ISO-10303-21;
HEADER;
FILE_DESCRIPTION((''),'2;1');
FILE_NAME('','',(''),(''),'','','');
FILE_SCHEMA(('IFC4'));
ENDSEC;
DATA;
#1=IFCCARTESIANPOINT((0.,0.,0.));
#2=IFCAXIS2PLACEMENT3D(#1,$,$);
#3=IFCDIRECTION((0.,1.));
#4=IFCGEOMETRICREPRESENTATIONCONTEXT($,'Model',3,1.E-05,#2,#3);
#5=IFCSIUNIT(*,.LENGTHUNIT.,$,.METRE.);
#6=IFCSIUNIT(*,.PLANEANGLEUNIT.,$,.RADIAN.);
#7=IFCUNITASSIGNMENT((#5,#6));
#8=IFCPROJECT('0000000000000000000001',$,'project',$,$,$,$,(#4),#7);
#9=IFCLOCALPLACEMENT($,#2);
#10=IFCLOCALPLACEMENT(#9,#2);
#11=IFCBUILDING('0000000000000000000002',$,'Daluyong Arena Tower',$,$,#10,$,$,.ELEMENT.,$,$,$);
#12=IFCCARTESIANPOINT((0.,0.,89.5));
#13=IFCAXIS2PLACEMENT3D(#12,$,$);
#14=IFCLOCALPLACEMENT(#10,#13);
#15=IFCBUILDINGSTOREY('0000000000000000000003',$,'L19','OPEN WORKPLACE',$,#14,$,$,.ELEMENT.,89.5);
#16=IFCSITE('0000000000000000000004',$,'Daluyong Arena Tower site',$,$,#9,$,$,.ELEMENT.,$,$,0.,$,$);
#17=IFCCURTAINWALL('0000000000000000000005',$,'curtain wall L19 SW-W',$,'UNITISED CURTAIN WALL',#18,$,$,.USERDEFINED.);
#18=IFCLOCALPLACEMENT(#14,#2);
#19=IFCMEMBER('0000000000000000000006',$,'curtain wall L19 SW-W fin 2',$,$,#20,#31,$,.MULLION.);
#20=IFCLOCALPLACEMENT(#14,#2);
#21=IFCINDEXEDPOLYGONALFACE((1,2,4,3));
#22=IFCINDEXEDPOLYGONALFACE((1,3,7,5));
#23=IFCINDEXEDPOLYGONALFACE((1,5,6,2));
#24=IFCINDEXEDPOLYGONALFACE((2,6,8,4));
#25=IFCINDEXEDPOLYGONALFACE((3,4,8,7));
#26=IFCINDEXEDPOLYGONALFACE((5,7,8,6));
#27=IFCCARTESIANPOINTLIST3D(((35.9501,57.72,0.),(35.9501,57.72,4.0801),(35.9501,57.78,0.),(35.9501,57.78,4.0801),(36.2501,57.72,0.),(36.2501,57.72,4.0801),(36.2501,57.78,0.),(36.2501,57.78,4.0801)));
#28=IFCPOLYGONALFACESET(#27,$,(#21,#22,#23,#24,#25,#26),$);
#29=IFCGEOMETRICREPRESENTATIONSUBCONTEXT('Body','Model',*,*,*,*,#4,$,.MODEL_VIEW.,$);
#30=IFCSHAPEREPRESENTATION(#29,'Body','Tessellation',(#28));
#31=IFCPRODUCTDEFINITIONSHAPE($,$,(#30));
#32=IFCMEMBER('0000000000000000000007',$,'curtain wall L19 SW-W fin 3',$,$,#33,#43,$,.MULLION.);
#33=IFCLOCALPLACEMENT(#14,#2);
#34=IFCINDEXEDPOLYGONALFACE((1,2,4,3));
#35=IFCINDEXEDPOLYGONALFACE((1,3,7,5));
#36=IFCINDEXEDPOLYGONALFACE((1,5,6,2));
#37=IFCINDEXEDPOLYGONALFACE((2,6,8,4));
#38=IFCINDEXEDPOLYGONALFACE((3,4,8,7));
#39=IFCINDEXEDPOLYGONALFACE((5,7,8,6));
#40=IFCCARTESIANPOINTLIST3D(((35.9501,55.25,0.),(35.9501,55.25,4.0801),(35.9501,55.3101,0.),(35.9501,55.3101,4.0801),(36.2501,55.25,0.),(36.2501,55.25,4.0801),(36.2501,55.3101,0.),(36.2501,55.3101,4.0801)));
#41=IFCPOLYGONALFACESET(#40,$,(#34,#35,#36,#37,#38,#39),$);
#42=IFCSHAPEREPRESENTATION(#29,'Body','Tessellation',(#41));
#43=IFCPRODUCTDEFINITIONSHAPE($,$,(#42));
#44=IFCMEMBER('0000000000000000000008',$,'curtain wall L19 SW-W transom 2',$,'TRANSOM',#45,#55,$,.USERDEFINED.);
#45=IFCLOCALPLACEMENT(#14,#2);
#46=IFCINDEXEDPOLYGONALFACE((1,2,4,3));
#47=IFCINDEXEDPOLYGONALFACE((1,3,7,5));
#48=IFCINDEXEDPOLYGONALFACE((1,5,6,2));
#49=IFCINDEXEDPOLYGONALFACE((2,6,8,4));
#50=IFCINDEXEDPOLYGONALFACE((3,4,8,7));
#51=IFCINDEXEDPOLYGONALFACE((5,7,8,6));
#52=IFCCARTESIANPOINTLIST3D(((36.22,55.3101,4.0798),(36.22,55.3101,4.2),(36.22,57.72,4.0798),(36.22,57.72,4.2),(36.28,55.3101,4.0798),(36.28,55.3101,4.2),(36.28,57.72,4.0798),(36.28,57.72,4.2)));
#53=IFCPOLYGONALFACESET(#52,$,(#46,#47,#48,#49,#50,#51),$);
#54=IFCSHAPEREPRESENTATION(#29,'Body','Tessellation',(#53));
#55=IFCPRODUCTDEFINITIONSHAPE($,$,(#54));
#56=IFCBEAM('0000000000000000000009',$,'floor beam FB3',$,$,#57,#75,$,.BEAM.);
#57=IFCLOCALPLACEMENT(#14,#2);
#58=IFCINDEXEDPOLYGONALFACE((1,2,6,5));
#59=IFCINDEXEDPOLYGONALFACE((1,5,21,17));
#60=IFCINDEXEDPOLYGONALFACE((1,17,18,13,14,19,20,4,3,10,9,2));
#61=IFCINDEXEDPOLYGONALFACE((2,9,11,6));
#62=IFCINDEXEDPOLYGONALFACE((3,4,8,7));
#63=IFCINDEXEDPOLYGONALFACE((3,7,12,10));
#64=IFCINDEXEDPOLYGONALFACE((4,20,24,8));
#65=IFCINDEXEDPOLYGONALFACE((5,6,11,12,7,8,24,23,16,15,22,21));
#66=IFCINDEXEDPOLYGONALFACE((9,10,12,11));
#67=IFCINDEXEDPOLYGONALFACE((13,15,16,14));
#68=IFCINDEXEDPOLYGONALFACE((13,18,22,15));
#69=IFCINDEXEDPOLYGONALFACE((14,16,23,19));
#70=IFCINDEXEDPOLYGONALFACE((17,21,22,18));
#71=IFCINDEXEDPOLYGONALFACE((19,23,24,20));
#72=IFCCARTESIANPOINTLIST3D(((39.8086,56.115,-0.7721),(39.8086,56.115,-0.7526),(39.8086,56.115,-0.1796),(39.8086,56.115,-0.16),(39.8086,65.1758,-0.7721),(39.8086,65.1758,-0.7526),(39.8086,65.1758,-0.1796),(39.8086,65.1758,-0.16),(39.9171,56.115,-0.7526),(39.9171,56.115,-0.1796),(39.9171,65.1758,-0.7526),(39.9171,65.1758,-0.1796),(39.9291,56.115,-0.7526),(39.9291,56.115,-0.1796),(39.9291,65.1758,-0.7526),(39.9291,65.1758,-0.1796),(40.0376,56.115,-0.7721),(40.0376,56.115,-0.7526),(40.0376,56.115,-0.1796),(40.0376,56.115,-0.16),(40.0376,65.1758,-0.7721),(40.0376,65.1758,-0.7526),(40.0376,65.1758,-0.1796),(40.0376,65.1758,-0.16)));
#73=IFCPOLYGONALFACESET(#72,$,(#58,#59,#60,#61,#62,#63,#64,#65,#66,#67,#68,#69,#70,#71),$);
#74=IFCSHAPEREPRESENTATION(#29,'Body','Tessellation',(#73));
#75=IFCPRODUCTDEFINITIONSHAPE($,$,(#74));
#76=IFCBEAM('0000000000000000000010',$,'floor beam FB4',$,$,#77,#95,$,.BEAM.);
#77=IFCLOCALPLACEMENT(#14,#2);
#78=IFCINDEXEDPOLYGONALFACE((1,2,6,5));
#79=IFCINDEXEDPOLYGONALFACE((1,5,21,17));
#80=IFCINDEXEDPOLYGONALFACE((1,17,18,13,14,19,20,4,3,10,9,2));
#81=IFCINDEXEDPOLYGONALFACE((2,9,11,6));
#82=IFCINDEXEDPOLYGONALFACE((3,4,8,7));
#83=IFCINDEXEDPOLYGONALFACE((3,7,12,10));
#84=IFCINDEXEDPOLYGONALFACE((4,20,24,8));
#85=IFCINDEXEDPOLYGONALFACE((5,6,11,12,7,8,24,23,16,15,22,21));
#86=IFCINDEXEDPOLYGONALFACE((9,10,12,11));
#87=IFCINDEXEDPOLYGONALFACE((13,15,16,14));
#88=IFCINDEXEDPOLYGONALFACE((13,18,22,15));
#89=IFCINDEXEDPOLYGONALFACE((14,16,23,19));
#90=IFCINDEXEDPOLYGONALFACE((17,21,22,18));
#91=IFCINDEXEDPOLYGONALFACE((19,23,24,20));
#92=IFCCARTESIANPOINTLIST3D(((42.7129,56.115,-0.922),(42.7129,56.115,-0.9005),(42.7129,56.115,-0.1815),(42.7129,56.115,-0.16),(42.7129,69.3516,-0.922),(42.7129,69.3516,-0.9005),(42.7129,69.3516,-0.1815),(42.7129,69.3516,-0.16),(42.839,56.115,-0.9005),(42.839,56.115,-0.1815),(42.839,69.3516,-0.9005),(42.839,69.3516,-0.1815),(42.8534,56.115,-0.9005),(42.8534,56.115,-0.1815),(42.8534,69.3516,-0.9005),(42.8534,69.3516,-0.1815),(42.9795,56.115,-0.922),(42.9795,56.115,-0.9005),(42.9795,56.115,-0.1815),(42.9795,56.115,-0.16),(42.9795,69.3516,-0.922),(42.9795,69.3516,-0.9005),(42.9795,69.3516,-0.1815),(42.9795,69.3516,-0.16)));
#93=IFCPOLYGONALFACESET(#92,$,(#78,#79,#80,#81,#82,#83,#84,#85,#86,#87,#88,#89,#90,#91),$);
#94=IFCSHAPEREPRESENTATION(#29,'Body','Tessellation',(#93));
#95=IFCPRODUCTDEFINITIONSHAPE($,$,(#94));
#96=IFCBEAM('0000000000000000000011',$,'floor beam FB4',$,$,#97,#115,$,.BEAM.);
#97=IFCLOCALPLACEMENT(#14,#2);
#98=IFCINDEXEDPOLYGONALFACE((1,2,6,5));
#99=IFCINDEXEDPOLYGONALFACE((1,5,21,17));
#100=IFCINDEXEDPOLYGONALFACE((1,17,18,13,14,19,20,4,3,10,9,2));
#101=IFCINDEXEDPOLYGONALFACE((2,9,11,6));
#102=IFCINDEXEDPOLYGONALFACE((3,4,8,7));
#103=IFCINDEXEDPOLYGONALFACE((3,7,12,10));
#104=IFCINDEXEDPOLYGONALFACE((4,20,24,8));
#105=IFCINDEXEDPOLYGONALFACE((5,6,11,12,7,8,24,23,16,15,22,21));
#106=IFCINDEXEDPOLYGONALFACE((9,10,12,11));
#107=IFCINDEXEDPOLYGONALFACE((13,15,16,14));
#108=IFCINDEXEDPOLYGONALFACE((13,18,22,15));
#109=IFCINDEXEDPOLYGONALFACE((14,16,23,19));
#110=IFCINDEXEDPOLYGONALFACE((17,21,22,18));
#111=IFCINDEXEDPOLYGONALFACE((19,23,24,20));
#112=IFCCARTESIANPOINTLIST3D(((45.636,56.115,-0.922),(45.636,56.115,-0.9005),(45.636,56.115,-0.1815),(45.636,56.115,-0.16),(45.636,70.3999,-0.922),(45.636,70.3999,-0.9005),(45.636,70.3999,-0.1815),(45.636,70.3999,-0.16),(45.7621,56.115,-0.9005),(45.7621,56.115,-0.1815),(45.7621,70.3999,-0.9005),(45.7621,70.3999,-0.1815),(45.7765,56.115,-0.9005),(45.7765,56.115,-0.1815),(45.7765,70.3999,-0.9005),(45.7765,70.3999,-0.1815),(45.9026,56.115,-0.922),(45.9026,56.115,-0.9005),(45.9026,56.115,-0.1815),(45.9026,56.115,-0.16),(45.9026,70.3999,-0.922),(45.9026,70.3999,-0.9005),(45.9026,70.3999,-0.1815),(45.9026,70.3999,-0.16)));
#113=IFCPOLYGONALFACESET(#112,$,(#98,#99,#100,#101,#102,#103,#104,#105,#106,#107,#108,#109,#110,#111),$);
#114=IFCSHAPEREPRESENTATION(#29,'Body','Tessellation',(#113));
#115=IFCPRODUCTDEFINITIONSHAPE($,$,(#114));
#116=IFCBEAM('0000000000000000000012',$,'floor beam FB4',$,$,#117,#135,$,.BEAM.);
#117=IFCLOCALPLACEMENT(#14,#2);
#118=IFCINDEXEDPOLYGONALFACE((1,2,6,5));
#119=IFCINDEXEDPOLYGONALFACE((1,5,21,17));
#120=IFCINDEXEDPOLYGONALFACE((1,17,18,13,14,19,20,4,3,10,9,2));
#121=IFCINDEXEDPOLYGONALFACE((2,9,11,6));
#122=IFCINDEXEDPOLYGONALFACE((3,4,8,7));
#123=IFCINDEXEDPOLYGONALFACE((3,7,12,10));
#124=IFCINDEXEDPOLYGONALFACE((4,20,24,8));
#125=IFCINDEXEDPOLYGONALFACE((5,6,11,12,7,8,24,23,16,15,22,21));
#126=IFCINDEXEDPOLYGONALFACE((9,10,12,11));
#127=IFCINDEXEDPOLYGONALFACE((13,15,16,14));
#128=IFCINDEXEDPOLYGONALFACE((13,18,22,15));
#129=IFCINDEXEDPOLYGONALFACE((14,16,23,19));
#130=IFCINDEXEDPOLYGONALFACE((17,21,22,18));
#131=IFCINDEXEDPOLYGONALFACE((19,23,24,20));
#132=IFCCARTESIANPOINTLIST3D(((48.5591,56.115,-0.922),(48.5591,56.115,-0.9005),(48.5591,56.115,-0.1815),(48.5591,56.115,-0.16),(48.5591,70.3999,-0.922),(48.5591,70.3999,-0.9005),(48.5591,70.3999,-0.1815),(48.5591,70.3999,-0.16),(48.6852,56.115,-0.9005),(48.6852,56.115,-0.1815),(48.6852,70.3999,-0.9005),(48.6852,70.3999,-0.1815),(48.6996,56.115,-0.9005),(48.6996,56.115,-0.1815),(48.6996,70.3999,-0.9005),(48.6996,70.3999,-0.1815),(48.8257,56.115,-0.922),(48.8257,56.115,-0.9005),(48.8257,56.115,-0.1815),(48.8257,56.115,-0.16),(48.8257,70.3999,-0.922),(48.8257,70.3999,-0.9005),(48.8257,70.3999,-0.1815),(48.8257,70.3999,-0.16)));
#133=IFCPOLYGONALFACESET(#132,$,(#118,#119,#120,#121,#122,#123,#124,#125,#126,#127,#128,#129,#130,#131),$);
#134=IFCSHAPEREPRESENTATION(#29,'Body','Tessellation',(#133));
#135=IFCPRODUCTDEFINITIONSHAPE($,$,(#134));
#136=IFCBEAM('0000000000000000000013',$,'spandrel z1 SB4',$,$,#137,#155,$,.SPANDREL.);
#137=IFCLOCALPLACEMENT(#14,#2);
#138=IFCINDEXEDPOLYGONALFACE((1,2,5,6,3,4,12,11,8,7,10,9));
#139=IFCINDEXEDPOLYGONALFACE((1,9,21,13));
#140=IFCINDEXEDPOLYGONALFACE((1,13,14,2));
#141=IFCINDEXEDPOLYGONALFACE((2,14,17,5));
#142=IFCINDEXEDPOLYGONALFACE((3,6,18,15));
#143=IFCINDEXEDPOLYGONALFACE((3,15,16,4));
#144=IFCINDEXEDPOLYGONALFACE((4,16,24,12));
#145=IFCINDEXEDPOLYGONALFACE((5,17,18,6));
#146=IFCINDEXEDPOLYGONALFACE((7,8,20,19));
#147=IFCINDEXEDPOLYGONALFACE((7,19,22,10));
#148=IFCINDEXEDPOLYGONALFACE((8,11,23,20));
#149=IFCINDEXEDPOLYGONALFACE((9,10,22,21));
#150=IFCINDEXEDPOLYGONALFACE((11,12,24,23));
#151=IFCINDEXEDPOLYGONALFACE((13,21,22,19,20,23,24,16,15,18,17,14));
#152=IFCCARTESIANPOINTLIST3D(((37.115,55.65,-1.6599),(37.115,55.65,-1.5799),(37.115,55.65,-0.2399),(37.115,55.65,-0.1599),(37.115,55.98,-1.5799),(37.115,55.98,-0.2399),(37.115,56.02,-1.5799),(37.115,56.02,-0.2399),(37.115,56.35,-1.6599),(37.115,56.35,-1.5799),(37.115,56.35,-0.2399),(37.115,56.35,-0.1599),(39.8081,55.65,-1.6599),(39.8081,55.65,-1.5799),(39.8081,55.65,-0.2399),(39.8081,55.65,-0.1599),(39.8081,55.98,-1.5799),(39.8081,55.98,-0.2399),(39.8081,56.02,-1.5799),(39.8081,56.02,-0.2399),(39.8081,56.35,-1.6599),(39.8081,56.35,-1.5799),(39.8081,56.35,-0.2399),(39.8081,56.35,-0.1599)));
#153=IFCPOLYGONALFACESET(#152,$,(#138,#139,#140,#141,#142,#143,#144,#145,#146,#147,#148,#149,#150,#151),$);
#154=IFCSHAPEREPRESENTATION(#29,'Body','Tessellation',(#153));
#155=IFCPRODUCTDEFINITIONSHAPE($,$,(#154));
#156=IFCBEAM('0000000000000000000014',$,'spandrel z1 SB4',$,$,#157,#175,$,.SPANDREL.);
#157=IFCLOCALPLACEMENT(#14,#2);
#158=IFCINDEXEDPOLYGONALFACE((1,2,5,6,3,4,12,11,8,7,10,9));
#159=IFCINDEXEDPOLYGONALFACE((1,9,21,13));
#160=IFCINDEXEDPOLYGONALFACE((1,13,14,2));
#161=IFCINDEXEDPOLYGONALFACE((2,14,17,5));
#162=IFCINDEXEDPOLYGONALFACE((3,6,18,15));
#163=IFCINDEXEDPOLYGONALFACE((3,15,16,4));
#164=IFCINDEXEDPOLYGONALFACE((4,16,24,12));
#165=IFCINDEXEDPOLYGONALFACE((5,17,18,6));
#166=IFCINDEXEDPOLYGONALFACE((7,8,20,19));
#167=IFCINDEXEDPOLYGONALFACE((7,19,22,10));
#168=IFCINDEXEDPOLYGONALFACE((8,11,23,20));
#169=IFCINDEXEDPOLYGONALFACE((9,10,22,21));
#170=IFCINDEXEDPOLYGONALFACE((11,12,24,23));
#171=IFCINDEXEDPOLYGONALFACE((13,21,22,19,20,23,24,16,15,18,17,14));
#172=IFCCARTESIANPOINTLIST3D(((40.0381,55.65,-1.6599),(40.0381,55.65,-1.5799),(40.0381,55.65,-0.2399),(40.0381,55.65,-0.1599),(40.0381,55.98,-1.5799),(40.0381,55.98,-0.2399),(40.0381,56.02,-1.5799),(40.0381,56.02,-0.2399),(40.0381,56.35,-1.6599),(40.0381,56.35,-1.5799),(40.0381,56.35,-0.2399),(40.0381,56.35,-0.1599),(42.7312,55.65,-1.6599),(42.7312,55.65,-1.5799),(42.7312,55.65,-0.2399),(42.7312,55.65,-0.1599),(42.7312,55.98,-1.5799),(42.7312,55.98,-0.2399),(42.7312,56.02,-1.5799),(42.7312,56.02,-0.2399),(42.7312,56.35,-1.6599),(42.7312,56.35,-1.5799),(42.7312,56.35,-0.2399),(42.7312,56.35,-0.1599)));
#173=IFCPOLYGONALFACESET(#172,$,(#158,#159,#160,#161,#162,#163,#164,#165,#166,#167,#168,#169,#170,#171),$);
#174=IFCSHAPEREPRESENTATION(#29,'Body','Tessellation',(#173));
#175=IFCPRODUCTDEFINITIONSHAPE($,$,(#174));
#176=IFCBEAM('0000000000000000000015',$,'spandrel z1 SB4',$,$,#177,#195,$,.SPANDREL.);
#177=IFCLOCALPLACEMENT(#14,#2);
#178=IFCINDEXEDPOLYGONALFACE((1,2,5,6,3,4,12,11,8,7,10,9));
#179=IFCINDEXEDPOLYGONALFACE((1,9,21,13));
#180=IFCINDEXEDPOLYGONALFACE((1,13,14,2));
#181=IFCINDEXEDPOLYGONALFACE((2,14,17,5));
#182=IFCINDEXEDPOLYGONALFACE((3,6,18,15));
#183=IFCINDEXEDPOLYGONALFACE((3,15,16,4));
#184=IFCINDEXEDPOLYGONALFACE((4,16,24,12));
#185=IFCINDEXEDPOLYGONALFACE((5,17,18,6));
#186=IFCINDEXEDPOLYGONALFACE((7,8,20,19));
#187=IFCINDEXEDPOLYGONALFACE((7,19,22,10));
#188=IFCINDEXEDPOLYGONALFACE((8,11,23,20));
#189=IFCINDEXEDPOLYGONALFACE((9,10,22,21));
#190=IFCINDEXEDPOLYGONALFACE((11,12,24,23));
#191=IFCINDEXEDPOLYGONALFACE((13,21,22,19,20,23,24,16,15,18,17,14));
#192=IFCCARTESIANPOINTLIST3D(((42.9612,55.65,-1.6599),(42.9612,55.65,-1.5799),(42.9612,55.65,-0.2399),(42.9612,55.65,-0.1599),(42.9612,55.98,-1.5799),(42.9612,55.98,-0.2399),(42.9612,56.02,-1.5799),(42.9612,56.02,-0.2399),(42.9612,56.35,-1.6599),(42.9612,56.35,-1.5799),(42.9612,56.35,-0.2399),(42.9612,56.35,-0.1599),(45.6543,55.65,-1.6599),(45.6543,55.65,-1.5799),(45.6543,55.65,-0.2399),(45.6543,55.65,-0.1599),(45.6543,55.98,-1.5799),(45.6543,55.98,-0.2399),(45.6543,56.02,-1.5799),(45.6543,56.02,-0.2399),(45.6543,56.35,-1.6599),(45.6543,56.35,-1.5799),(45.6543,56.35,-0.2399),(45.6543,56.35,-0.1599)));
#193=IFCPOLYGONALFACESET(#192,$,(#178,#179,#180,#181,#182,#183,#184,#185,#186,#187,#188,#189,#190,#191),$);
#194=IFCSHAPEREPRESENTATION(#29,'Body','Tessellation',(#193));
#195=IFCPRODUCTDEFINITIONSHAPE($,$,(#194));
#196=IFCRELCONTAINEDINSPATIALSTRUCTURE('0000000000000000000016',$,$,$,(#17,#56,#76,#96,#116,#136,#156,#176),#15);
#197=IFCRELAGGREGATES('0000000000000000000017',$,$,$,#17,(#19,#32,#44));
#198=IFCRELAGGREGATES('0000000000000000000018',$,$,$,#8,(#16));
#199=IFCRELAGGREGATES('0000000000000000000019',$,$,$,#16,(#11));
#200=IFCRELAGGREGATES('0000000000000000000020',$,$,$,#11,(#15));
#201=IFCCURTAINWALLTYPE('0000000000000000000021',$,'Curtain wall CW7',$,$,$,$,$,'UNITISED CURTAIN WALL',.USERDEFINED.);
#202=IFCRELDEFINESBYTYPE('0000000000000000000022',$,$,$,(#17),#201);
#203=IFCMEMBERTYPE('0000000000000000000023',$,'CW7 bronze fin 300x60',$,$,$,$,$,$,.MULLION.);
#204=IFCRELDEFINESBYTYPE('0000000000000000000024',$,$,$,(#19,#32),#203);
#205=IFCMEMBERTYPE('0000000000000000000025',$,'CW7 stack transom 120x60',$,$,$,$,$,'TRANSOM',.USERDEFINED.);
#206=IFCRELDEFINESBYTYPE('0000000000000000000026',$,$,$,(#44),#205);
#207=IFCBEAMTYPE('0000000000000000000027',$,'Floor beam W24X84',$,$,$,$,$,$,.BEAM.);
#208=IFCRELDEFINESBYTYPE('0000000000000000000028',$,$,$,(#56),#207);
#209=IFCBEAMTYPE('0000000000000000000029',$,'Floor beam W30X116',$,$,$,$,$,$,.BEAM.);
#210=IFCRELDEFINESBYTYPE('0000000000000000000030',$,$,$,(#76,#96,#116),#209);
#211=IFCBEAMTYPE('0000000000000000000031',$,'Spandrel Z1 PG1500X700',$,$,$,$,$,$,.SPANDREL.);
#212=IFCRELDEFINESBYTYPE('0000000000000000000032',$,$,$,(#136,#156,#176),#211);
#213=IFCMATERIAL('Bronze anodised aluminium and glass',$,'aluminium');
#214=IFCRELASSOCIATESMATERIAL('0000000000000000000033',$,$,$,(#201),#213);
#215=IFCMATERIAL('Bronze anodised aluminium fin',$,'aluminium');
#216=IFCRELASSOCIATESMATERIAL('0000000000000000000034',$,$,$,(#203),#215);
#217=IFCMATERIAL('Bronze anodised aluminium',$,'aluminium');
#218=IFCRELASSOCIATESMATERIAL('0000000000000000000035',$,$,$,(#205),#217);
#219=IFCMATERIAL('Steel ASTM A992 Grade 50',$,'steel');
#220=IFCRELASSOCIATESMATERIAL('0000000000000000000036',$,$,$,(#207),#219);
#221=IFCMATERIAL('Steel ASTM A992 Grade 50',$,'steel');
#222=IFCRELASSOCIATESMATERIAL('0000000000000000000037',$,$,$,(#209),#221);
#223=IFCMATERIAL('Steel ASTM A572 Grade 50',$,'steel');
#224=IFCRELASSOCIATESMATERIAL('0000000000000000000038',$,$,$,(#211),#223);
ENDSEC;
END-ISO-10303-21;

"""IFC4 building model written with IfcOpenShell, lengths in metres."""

from ifc_helpers import new_model, si_unit, direction, frame, origin, origin_2d, place, context, subcontext, project, spatial, rectangle, i_section, extrude, material, material_profile, profile_set, type_object, element, aggregate, save


model = new_model("IFC4")

# Units and contexts
model_context = context("Model", 3, precision=1e-05, world=origin(), true_north=direction((0.0, 1.0)))
body_context = subcontext(model_context, "Body", "Model", "MODEL_VIEW")
ifc_project = project(units=[si_unit("LENGTHUNIT", "METRE"), si_unit("PLANEANGLEUNIT", "RADIAN")], contexts=[model_context])

# Site, building, storey
site_placement = place(None, origin())
site = spatial("IfcSite", under=ifc_project, at=site_placement, Name="Daluyong Arena Tower site", CompositionType="ELEMENT", RefElevation=0.0)
building_placement = place(site_placement, origin())
building = spatial("IfcBuilding", under=site, at=building_placement, Name="Daluyong Arena Tower", CompositionType="ELEMENT")
storey_placement = place(building_placement, frame((0.0, 0.0, 89.5)))
storey = spatial("IfcBuildingStorey", under=building, at=storey_placement, Name="L19", Description="OPEN WORKPLACE", CompositionType="ELEMENT", Elevation=89.5)

# Curtain wall, members
ifc_material_1 = material(Name="Bronze anodised aluminium and glass", Category="aluminium")
curtain_wall_type_1 = type_object("IfcCurtainWallType", Name="Curtain wall CW7", ElementType="UNITISED CURTAIN WALL", PredefinedType="USERDEFINED", material=ifc_material_1)
curtain_wall_1_placement = place(storey_placement, origin())
curtain_wall_1 = element("IfcCurtainWall", 1, at=curtain_wall_1_placement, inside=storey, type_object=curtain_wall_type_1, Name="curtain wall L19 SW-W", ObjectType="UNITISED CURTAIN WALL", PredefinedType="USERDEFINED")
ifc_material_2 = material(Name="Bronze anodised aluminium fin", Category="aluminium")
ifc_material_profile_1 = material_profile(ifc_material_2, rectangle(XDim=0.3, YDim=0.0601, at=origin_2d()))
ifc_profile_set_1 = profile_set([ifc_material_profile_1], Name="Bronze anodised aluminium fin")
member_type_1 = type_object("IfcMemberType", Name="CW7 bronze fin 300x60", PredefinedType="MULLION", material=ifc_profile_set_1)
member_1_placement = place(storey_placement, frame((36.1001, 57.75, 0.0), z_axis=(0.0, 0.0, 1.0), x_axis=(1.0, 0.0, 0.0)))
member_1 = element("IfcMember", 2, at=member_1_placement, type_object=member_type_1, Name="curtain wall L19 SW-W fin 2", PredefinedType="MULLION", context=body_context, shape_type="SweptSolid", body=[
    extrude(rectangle(XDim=0.3, YDim=0.0601, at=origin_2d()), origin(), (0.0, 0.0, 1.0), 4.0801),
])
member_2_placement = place(storey_placement, frame((36.1001, 55.28, 0.0), z_axis=(0.0, 0.0, 1.0), x_axis=(1.0, 0.0, 0.0)))
member_2 = element("IfcMember", 3, at=member_2_placement, type_object=member_type_1, Name="curtain wall L19 SW-W fin 3", PredefinedType="MULLION", context=body_context, shape_type="SweptSolid", body=[
    extrude(rectangle(XDim=0.3, YDim=0.0601, at=origin_2d()), origin(), (0.0, 0.0, 1.0), 4.0801),
])
ifc_material_3 = material(Name="Bronze anodised aluminium", Category="aluminium")
ifc_material_profile_2 = material_profile(ifc_material_3, rectangle(XDim=0.0601, YDim=0.1201, at=origin_2d()))
ifc_profile_set_2 = profile_set([ifc_material_profile_2], Name="Bronze anodised aluminium")
member_type_2 = type_object("IfcMemberType", Name="CW7 stack transom 120x60", ElementType="TRANSOM", PredefinedType="USERDEFINED", material=ifc_profile_set_2)
member_3_placement = place(storey_placement, frame((36.25, 57.72, 4.1399), z_axis=(0.0, -1.0, 0.0), x_axis=(1.0, 0.0, 0.0)))
member_3 = element("IfcMember", 4, at=member_3_placement, type_object=member_type_2, Name="curtain wall L19 SW-W transom 2", ObjectType="TRANSOM", PredefinedType="USERDEFINED", context=body_context, shape_type="SweptSolid", body=[
    extrude(rectangle(XDim=0.0601, YDim=0.1201, at=origin_2d()), origin(), (0.0, 0.0, 1.0), 2.4099),
])

# Beams
ifc_material_4 = material(Name="Steel ASTM A992 Grade 50", Category="steel")
ifc_material_profile_3 = material_profile(ifc_material_4, i_section(OverallWidth=0.229, OverallDepth=0.6121, WebThickness=0.012, FlangeThickness=0.0195, at=origin_2d()))
ifc_profile_set_3 = profile_set([ifc_material_profile_3], Name="Steel ASTM A992 Grade 50")
beam_type_1 = type_object("IfcBeamType", Name="Floor beam W24X84", PredefinedType="BEAM", material=ifc_profile_set_3)
beam_1_placement = place(storey_placement, frame((39.9231, 56.115, -0.4661), z_axis=(0.0, 1.0, 0.0), x_axis=(-1.0, 0.0, 0.0)))
element("IfcBeam", 5, at=beam_1_placement, inside=storey, type_object=beam_type_1, Name="floor beam FB3", PredefinedType="BEAM", context=body_context, shape_type="SweptSolid", body=[
    extrude(i_section(OverallWidth=0.229, OverallDepth=0.6121, WebThickness=0.012, FlangeThickness=0.0195, at=origin_2d()), origin(), (0.0, 0.0, 1.0), 9.0608),
])
ifc_material_5 = material(Name="Steel ASTM A992 Grade 50", Category="steel")
ifc_material_profile_4 = material_profile(ifc_material_5, i_section(OverallWidth=0.2666, OverallDepth=0.762, WebThickness=0.0144, FlangeThickness=0.0215, at=origin_2d()))
ifc_profile_set_4 = profile_set([ifc_material_profile_4], Name="Steel ASTM A992 Grade 50")
beam_type_2 = type_object("IfcBeamType", Name="Floor beam W30X116", PredefinedType="BEAM", material=ifc_profile_set_4)
beam_2_placement = place(storey_placement, frame((42.8462, 56.115, -0.541), z_axis=(0.0, 1.0, 0.0), x_axis=(-1.0, 0.0, 0.0)))
element("IfcBeam", 6, at=beam_2_placement, inside=storey, type_object=beam_type_2, Name="floor beam FB4", PredefinedType="BEAM", context=body_context, shape_type="SweptSolid", body=[
    extrude(i_section(OverallWidth=0.2666, OverallDepth=0.762, WebThickness=0.0144, FlangeThickness=0.0215, at=origin_2d()), origin(), (0.0, 0.0, 1.0), 13.2366),
])
for number, where, z_axis, x_axis, name in (
    (7, (45.7693, 56.115, -0.541), (0.0, 1.0, 0.0), (-1.0, 0.0, 0.0), "floor beam FB4"),
    (8, (48.6924, 56.115, -0.541), (0.0, 1.0, 0.0), (-1.0, 0.0, 0.0), "floor beam FB4"),
):
    element("IfcBeam", number, at=place(storey_placement, frame(where, z_axis=z_axis, x_axis=x_axis)), inside=storey, type_object=beam_type_2, Name=name, PredefinedType="BEAM", context=body_context, shape_type="SweptSolid", body=[
        extrude(i_section(OverallWidth=0.2666, OverallDepth=0.762, WebThickness=0.0144, FlangeThickness=0.0215, at=origin_2d()), origin(), (0.0, 0.0, 1.0), 14.2849),
    ])
ifc_material_6 = material(Name="Steel ASTM A572 Grade 50", Category="steel")
ifc_material_profile_5 = material_profile(ifc_material_6, i_section(OverallWidth=0.7, OverallDepth=1.5, WebThickness=0.04, FlangeThickness=0.08, at=origin_2d()))
ifc_profile_set_5 = profile_set([ifc_material_profile_5], Name="Steel ASTM A572 Grade 50")
beam_type_3 = type_object("IfcBeamType", Name="Spandrel Z1 PG1500X700", PredefinedType="SPANDREL", material=ifc_profile_set_5)
for number, where, z_axis, x_axis, name in (
    (9, (37.115, 56.0, -0.9099), (1.0, 0.0, 0.0), (0.0, 1.0, 0.0), "spandrel z1 SB4"),
    (10, (40.0381, 56.0, -0.9099), (1.0, 0.0, 0.0), (0.0, 1.0, 0.0), "spandrel z1 SB4"),
    (11, (42.9612, 56.0, -0.9099), (1.0, 0.0, 0.0), (0.0, 1.0, 0.0), "spandrel z1 SB4"),
):
    element("IfcBeam", number, at=place(storey_placement, frame(where, z_axis=z_axis, x_axis=x_axis)), inside=storey, type_object=beam_type_3, Name=name, PredefinedType="SPANDREL", context=body_context, shape_type="SweptSolid", body=[
        extrude(i_section(OverallWidth=0.7, OverallDepth=1.5, WebThickness=0.04, FlangeThickness=0.08, at=origin_2d()), origin(), (0.0, 0.0, 1.0), 2.6931),
    ])

aggregate(curtain_wall_1, [member_1, member_2, member_3])

save(model, "model.ifc")
